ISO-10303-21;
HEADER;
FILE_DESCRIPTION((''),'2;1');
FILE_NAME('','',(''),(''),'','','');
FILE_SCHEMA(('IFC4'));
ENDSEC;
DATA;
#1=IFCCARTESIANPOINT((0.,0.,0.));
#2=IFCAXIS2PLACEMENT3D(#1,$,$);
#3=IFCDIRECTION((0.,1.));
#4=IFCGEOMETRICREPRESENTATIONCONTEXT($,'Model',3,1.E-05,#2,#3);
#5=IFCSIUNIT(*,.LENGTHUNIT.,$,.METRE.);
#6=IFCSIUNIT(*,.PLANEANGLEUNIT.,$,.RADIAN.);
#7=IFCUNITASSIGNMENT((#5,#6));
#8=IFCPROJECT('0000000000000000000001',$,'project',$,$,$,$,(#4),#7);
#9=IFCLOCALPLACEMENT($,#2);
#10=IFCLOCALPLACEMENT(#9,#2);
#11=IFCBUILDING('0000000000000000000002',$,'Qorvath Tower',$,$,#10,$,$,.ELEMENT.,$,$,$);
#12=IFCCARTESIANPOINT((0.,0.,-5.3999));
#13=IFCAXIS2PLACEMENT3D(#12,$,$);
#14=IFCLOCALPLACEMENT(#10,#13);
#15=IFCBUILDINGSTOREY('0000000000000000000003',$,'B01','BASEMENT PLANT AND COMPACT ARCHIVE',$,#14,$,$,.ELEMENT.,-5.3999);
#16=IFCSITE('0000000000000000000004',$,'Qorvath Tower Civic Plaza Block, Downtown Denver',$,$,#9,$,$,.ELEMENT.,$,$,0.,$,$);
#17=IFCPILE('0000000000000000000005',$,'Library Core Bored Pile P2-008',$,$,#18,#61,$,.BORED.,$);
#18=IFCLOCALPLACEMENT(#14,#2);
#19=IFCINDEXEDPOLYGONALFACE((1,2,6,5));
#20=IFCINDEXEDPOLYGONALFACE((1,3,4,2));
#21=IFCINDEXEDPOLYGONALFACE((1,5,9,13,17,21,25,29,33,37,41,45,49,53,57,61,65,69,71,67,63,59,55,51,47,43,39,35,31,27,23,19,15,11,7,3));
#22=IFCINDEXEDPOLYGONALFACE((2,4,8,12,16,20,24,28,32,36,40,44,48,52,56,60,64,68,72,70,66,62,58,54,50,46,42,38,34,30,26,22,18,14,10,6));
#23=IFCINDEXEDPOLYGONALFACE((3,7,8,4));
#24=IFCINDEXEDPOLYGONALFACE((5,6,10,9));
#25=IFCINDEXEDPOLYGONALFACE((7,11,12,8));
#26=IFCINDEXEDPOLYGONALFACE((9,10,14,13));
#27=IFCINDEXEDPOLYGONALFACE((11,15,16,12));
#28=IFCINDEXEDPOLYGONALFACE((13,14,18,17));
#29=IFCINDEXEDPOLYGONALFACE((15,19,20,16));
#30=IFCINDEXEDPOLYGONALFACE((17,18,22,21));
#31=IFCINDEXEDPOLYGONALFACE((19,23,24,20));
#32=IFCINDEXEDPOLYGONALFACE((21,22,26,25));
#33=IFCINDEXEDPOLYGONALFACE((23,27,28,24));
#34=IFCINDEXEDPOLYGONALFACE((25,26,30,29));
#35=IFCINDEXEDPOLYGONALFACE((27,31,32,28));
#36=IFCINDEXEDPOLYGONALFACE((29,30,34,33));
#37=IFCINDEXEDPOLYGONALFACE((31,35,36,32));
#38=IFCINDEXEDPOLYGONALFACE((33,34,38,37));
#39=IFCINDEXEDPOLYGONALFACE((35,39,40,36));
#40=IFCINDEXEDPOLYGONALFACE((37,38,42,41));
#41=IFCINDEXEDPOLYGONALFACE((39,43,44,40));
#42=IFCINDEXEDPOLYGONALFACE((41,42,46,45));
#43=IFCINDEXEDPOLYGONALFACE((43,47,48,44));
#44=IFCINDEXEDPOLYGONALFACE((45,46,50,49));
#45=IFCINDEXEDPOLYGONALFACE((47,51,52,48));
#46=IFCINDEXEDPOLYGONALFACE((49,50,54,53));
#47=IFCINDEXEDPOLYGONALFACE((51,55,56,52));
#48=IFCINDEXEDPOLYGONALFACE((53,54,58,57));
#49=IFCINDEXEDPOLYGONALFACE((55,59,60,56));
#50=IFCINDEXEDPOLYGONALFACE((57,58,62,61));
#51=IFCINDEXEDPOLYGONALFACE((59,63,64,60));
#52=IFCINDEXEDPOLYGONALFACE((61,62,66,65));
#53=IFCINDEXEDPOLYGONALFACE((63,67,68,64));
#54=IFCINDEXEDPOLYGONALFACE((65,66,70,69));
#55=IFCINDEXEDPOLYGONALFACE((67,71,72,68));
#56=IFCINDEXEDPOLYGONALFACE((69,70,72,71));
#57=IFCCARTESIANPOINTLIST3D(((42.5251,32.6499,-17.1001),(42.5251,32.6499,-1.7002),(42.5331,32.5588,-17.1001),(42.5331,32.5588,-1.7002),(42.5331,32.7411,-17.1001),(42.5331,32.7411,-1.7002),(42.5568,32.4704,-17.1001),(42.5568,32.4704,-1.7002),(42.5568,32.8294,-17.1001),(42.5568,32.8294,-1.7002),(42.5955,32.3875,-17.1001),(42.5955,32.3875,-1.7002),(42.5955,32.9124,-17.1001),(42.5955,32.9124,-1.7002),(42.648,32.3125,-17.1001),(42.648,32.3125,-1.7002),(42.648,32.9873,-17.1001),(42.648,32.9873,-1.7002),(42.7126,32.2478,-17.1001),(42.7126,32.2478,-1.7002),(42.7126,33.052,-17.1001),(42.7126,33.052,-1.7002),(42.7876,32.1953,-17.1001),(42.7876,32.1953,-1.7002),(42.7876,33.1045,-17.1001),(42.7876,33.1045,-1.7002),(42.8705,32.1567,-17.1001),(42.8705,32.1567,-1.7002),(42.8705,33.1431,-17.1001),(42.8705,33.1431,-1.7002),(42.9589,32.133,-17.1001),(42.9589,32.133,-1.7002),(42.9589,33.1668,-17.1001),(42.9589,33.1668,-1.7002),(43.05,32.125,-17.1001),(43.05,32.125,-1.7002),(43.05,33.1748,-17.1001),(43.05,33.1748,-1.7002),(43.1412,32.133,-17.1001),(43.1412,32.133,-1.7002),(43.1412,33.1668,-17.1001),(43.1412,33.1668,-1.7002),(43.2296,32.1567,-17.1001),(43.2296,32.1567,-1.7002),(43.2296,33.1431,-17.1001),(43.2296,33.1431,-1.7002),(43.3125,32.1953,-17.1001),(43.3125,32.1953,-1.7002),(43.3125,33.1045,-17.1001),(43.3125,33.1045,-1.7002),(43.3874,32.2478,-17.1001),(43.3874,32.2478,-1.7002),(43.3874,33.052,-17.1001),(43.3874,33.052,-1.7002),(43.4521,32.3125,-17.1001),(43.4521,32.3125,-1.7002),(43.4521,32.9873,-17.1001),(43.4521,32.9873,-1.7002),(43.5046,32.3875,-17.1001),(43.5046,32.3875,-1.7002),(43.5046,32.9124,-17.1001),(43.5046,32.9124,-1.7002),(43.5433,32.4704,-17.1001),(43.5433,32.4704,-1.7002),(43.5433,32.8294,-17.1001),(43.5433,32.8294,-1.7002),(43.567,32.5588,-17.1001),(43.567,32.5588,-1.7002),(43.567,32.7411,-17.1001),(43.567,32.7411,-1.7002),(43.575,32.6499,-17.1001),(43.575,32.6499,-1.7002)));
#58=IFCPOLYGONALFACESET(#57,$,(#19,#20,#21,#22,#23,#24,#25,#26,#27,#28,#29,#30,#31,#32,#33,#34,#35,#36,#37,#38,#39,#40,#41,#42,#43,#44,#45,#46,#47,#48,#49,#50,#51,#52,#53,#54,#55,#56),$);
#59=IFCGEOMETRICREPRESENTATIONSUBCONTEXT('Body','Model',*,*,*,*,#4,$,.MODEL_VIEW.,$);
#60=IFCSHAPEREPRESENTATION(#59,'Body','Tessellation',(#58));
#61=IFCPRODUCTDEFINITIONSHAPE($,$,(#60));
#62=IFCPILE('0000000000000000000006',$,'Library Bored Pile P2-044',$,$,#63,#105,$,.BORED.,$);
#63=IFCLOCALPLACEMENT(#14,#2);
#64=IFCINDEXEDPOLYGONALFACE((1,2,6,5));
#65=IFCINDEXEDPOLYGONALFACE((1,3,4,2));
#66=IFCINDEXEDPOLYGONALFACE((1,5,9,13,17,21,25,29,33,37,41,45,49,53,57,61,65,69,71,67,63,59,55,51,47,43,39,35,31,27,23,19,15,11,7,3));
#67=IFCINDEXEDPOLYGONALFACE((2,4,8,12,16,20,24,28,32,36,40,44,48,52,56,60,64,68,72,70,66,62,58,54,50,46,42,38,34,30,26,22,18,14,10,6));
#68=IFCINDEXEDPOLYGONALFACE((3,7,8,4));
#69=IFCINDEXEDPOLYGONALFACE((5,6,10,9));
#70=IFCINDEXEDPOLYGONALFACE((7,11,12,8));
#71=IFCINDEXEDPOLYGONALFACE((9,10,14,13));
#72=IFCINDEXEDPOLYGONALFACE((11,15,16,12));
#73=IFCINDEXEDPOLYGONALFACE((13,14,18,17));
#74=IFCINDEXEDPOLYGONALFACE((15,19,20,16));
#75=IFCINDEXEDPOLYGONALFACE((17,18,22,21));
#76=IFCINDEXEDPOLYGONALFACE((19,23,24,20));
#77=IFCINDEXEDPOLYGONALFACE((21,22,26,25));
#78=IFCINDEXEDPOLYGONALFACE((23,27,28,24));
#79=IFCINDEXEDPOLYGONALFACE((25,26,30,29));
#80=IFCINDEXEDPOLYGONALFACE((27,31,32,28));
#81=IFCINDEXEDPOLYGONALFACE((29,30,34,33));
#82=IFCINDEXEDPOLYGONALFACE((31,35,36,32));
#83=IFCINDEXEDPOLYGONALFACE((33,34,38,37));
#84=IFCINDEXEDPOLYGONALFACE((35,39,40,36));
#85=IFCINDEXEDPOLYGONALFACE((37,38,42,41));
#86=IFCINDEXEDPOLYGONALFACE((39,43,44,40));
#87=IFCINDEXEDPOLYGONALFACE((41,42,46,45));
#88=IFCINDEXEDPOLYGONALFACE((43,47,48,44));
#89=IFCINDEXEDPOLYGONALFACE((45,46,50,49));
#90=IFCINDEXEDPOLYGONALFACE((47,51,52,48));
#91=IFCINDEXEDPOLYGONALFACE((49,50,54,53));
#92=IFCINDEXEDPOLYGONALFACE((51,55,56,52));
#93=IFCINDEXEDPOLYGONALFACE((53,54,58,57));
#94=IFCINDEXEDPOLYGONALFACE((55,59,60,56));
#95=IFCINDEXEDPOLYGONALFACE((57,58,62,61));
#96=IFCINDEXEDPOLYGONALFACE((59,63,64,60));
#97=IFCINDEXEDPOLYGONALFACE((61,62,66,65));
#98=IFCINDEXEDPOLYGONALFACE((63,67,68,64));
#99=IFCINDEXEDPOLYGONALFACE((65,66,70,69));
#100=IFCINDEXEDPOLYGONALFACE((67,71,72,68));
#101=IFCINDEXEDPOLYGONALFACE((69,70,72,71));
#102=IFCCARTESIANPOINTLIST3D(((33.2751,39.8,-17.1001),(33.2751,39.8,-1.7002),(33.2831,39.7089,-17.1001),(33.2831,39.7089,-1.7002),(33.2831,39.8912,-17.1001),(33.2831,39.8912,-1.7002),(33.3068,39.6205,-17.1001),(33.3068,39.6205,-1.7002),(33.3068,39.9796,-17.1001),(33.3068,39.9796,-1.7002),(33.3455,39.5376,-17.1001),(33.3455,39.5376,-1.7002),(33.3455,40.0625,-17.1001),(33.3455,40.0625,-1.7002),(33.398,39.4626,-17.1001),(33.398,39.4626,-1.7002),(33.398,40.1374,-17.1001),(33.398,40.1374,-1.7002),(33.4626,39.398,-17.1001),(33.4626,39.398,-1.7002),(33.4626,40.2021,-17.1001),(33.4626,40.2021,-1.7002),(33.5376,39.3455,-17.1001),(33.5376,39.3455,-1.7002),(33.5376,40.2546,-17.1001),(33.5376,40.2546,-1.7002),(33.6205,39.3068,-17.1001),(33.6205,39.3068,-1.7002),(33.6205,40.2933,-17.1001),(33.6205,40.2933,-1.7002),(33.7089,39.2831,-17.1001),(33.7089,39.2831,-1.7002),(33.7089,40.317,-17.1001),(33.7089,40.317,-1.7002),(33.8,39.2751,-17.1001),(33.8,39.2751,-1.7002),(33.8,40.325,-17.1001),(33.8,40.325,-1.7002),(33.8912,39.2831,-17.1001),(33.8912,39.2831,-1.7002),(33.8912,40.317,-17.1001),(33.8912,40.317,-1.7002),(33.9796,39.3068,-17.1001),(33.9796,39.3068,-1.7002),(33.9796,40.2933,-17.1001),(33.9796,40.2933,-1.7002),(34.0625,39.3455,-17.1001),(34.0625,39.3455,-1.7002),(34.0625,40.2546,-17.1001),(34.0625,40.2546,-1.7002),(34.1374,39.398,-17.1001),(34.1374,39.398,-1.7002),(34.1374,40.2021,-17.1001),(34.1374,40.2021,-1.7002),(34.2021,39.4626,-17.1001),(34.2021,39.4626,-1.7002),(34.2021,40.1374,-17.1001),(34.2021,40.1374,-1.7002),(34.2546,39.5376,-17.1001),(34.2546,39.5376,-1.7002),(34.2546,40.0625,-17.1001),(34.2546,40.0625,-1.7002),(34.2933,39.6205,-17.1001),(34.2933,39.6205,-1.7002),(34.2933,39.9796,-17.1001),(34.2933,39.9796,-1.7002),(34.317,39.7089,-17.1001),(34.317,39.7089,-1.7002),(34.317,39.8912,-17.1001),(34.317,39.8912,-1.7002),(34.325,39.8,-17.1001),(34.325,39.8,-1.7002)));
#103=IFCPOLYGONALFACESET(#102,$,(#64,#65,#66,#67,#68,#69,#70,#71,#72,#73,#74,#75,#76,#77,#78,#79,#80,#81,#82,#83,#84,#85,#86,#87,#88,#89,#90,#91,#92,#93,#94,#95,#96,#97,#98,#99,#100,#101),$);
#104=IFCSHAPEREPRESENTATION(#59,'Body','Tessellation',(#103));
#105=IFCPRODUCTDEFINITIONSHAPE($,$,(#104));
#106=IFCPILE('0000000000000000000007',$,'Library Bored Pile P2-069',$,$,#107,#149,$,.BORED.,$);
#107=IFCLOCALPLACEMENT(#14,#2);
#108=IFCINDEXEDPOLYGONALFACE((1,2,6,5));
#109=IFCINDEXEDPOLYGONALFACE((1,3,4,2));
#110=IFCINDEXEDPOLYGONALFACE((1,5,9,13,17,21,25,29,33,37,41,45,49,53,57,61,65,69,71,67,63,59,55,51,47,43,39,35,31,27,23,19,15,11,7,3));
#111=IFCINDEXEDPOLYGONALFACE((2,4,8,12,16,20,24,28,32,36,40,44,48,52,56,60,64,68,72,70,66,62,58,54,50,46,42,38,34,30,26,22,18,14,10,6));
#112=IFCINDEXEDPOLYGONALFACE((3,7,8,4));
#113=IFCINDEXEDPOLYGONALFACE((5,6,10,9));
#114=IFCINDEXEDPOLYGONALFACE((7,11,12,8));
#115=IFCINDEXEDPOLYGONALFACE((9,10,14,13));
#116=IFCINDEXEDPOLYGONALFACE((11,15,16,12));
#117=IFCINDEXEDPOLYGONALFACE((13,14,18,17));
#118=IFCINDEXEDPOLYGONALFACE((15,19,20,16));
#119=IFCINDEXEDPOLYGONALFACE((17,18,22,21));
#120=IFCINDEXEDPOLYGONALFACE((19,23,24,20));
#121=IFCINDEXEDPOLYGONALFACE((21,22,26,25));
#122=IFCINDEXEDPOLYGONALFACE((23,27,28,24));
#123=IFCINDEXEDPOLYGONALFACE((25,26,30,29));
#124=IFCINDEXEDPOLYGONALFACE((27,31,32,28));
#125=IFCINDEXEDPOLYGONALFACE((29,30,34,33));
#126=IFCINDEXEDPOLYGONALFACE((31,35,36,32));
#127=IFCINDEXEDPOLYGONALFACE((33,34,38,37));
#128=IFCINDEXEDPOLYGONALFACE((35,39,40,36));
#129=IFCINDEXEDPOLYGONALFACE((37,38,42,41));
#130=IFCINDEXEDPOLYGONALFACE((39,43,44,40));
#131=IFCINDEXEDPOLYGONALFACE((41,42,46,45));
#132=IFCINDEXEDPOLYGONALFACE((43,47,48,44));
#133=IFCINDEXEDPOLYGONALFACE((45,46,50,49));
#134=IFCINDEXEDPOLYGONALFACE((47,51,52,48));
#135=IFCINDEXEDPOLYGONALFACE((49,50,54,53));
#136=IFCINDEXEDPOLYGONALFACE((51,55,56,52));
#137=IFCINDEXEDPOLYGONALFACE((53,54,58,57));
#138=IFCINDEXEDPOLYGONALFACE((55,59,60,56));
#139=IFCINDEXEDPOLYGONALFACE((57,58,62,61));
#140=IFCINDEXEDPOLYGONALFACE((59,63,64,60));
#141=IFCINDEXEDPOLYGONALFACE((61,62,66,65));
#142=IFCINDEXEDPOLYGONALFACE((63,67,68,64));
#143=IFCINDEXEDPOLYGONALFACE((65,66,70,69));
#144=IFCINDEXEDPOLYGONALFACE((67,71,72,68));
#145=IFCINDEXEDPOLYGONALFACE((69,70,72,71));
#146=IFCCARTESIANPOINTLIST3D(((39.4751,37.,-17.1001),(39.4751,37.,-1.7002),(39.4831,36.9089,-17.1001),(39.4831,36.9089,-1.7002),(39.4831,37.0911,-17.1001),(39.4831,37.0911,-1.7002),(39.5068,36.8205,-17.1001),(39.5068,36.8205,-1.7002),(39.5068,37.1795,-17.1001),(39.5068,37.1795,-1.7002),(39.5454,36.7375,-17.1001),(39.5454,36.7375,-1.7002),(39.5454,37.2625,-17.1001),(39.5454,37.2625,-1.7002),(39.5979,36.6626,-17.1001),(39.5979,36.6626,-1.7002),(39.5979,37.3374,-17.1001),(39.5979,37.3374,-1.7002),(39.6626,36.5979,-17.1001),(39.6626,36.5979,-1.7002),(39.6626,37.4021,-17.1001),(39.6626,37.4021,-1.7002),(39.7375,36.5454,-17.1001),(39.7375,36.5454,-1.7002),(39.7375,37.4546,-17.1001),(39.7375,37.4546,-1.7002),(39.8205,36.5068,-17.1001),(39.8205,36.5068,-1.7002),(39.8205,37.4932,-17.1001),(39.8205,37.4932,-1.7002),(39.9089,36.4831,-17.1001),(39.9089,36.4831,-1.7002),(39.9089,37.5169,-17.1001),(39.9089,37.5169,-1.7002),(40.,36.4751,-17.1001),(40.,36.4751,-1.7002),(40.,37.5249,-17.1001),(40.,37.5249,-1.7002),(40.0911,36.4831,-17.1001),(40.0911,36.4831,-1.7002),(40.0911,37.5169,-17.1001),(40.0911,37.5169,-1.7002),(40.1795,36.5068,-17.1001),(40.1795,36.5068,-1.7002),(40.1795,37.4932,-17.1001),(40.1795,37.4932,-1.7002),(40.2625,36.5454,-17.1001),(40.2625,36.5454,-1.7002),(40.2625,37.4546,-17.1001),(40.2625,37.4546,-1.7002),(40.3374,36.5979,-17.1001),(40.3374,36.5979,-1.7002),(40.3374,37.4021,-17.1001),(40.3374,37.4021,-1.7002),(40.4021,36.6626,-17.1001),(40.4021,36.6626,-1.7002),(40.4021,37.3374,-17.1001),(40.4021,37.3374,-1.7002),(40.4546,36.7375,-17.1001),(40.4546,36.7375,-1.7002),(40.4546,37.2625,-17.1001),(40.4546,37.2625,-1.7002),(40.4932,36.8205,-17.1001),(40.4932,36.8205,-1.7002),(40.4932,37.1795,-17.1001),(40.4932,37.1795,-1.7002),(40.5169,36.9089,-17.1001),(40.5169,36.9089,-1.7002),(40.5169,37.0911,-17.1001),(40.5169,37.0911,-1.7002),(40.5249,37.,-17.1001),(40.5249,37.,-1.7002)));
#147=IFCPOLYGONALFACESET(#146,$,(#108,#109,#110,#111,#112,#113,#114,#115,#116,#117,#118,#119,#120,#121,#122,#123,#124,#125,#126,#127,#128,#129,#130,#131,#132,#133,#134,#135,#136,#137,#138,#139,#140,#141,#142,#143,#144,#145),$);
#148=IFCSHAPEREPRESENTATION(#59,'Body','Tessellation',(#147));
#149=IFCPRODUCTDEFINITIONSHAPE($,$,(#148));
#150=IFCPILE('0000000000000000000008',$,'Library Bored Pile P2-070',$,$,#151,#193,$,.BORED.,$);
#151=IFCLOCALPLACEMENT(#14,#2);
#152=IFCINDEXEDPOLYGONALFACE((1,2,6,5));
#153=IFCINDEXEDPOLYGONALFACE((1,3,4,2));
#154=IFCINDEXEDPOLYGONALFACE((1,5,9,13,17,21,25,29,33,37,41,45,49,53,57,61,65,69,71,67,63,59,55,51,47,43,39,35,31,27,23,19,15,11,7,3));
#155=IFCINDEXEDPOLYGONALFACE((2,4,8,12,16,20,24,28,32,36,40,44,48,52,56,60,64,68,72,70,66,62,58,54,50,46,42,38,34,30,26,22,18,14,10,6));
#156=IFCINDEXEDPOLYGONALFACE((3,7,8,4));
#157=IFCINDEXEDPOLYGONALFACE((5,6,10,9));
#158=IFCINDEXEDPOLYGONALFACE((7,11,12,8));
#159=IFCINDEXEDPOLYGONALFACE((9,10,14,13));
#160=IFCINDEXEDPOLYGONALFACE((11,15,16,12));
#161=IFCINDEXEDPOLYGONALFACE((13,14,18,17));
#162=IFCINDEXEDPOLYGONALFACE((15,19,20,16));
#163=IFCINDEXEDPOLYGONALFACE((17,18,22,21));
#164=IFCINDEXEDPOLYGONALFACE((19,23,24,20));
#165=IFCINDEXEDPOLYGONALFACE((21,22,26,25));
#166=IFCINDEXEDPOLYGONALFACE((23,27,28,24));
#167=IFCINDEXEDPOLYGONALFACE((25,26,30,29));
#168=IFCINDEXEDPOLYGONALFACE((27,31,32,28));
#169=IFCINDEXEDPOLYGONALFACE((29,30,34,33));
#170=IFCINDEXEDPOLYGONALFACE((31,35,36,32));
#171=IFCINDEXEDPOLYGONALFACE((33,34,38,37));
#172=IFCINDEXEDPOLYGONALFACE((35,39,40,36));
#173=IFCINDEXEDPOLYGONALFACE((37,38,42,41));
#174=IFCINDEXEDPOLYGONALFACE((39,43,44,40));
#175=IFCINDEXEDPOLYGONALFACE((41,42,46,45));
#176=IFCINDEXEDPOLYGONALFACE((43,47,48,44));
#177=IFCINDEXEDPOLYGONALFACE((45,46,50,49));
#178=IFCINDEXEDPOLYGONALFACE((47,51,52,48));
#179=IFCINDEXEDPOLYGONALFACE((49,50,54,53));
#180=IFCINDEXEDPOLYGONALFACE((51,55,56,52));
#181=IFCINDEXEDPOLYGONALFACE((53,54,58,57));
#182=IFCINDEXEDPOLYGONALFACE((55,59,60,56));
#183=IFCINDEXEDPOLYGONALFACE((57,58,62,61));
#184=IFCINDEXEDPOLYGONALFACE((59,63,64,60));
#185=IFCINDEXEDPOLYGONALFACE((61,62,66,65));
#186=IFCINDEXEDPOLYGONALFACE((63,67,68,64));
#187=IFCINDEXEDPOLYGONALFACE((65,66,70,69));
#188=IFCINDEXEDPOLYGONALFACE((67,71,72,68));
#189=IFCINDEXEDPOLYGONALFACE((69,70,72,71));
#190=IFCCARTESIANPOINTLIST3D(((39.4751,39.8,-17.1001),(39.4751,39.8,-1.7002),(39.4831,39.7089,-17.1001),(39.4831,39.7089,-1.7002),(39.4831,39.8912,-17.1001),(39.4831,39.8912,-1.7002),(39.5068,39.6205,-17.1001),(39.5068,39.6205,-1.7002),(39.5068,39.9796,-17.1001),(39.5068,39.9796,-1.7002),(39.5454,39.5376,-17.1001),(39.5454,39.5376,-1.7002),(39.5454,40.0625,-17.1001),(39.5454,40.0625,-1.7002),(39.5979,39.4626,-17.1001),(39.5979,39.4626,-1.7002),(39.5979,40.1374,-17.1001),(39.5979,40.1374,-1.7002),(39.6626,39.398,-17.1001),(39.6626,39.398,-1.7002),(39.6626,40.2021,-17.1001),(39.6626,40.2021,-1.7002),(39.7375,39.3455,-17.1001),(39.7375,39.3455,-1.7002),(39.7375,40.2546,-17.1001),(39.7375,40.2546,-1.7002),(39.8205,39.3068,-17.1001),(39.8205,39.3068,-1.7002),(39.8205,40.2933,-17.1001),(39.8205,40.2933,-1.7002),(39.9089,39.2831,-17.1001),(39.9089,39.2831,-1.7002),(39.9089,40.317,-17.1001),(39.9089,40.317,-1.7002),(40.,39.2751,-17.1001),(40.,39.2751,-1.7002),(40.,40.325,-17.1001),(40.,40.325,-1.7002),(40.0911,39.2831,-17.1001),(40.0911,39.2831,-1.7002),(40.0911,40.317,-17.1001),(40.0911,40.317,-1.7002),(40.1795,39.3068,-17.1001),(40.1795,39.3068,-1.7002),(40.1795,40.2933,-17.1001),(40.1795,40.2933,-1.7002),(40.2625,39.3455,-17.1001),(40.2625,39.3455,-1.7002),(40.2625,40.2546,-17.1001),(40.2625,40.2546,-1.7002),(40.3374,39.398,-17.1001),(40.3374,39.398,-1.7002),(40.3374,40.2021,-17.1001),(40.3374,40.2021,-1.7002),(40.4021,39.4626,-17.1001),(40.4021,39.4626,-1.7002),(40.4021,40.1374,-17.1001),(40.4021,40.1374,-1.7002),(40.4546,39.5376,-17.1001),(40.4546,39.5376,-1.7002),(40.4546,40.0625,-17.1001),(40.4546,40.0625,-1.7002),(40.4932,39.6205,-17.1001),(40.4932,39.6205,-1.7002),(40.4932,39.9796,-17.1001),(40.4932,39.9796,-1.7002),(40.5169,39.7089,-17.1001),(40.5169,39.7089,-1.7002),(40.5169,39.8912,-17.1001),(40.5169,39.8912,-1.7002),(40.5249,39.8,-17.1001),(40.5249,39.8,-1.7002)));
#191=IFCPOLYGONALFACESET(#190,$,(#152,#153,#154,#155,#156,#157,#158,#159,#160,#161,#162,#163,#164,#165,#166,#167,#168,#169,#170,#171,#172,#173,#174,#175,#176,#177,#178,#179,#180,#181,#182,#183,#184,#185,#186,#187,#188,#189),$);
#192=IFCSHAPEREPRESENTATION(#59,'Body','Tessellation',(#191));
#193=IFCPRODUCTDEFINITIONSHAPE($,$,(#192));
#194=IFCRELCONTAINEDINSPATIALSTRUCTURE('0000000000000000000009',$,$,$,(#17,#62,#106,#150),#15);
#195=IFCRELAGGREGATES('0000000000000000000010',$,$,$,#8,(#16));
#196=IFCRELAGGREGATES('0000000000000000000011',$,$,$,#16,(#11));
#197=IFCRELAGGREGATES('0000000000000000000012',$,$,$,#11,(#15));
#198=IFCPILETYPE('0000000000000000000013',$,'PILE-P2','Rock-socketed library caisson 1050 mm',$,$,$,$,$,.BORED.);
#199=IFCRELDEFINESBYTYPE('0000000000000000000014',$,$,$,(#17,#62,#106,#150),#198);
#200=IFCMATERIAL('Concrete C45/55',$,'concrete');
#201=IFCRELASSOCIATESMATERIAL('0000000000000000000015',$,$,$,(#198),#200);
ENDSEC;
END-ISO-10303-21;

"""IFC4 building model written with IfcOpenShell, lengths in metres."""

from ifc_helpers import new_model, si_unit, direction, frame, origin, origin_2d, place, context, subcontext, project, spatial, circle, extrude, material, material_profile, profile_set, type_object, element, save


model = new_model("IFC4")

# Units and contexts
model_context = context("Model", 3, precision=1e-05, world=origin(), true_north=direction((0.0, 1.0)))
body_context = subcontext(model_context, "Body", "Model", "MODEL_VIEW")
ifc_project = project(units=[si_unit("LENGTHUNIT", "METRE"), si_unit("PLANEANGLEUNIT", "RADIAN")], contexts=[model_context])

# Site, building, storey
site_placement = place(None, origin())
site = spatial("IfcSite", under=ifc_project, at=site_placement, Name="Qorvath Tower Civic Plaza Block, Downtown Denver", CompositionType="ELEMENT", RefElevation=0.0)
building_placement = place(site_placement, origin())
building = spatial("IfcBuilding", under=site, at=building_placement, Name="Qorvath Tower", CompositionType="ELEMENT")
storey_placement = place(building_placement, frame((0.0, 0.0, -5.3999)))
storey = spatial("IfcBuildingStorey", under=building, at=storey_placement, Name="B01", Description="BASEMENT PLANT AND COMPACT ARCHIVE", CompositionType="ELEMENT", Elevation=-5.3999)

# Piles
ifc_material_1 = material(Name="Concrete C45/55", Category="concrete")
ifc_material_profile_1 = material_profile(ifc_material_1, circle(Radius=0.5249, at=origin_2d()), Name="BORED PILE 1050")
ifc_profile_set_1 = profile_set([ifc_material_profile_1], Name="Concrete C45/55")
pile_type = type_object("IfcPileType", Name="PILE-P2", Description="Rock-socketed library caisson 1050 mm", PredefinedType="BORED", material=ifc_profile_set_1)
for number, where, z_axis, x_axis, name in (
    (1, (43.05, 32.6499, -1.7002), (0.0, 0.0, -1.0), (1.0, 0.0, 0.0), "Library Core Bored Pile P2-008"),
    (2, (33.8, 39.8, -1.7002), (0.0, 0.0, -1.0), (1.0, 0.0, 0.0), "Library Bored Pile P2-044"),
    (3, (40.0, 37.0, -1.7002), (0.0, 0.0, -1.0), (1.0, 0.0, 0.0), "Library Bored Pile P2-069"),
    (4, (40.0, 39.8, -1.7002), (0.0, 0.0, -1.0), (1.0, 0.0, 0.0), "Library Bored Pile P2-070"),
):
    element("IfcPile", number, at=place(storey_placement, frame(where, z_axis=z_axis, x_axis=x_axis)), inside=storey, type_object=pile_type, Name=name, PredefinedType="BORED", context=body_context, shape_type="SweptSolid", body=[
        extrude(circle(Radius=0.5249, at=origin_2d()), origin(), (0.0, 0.0, 1.0), 15.3999),
    ])

save(model, "model.ifc")
